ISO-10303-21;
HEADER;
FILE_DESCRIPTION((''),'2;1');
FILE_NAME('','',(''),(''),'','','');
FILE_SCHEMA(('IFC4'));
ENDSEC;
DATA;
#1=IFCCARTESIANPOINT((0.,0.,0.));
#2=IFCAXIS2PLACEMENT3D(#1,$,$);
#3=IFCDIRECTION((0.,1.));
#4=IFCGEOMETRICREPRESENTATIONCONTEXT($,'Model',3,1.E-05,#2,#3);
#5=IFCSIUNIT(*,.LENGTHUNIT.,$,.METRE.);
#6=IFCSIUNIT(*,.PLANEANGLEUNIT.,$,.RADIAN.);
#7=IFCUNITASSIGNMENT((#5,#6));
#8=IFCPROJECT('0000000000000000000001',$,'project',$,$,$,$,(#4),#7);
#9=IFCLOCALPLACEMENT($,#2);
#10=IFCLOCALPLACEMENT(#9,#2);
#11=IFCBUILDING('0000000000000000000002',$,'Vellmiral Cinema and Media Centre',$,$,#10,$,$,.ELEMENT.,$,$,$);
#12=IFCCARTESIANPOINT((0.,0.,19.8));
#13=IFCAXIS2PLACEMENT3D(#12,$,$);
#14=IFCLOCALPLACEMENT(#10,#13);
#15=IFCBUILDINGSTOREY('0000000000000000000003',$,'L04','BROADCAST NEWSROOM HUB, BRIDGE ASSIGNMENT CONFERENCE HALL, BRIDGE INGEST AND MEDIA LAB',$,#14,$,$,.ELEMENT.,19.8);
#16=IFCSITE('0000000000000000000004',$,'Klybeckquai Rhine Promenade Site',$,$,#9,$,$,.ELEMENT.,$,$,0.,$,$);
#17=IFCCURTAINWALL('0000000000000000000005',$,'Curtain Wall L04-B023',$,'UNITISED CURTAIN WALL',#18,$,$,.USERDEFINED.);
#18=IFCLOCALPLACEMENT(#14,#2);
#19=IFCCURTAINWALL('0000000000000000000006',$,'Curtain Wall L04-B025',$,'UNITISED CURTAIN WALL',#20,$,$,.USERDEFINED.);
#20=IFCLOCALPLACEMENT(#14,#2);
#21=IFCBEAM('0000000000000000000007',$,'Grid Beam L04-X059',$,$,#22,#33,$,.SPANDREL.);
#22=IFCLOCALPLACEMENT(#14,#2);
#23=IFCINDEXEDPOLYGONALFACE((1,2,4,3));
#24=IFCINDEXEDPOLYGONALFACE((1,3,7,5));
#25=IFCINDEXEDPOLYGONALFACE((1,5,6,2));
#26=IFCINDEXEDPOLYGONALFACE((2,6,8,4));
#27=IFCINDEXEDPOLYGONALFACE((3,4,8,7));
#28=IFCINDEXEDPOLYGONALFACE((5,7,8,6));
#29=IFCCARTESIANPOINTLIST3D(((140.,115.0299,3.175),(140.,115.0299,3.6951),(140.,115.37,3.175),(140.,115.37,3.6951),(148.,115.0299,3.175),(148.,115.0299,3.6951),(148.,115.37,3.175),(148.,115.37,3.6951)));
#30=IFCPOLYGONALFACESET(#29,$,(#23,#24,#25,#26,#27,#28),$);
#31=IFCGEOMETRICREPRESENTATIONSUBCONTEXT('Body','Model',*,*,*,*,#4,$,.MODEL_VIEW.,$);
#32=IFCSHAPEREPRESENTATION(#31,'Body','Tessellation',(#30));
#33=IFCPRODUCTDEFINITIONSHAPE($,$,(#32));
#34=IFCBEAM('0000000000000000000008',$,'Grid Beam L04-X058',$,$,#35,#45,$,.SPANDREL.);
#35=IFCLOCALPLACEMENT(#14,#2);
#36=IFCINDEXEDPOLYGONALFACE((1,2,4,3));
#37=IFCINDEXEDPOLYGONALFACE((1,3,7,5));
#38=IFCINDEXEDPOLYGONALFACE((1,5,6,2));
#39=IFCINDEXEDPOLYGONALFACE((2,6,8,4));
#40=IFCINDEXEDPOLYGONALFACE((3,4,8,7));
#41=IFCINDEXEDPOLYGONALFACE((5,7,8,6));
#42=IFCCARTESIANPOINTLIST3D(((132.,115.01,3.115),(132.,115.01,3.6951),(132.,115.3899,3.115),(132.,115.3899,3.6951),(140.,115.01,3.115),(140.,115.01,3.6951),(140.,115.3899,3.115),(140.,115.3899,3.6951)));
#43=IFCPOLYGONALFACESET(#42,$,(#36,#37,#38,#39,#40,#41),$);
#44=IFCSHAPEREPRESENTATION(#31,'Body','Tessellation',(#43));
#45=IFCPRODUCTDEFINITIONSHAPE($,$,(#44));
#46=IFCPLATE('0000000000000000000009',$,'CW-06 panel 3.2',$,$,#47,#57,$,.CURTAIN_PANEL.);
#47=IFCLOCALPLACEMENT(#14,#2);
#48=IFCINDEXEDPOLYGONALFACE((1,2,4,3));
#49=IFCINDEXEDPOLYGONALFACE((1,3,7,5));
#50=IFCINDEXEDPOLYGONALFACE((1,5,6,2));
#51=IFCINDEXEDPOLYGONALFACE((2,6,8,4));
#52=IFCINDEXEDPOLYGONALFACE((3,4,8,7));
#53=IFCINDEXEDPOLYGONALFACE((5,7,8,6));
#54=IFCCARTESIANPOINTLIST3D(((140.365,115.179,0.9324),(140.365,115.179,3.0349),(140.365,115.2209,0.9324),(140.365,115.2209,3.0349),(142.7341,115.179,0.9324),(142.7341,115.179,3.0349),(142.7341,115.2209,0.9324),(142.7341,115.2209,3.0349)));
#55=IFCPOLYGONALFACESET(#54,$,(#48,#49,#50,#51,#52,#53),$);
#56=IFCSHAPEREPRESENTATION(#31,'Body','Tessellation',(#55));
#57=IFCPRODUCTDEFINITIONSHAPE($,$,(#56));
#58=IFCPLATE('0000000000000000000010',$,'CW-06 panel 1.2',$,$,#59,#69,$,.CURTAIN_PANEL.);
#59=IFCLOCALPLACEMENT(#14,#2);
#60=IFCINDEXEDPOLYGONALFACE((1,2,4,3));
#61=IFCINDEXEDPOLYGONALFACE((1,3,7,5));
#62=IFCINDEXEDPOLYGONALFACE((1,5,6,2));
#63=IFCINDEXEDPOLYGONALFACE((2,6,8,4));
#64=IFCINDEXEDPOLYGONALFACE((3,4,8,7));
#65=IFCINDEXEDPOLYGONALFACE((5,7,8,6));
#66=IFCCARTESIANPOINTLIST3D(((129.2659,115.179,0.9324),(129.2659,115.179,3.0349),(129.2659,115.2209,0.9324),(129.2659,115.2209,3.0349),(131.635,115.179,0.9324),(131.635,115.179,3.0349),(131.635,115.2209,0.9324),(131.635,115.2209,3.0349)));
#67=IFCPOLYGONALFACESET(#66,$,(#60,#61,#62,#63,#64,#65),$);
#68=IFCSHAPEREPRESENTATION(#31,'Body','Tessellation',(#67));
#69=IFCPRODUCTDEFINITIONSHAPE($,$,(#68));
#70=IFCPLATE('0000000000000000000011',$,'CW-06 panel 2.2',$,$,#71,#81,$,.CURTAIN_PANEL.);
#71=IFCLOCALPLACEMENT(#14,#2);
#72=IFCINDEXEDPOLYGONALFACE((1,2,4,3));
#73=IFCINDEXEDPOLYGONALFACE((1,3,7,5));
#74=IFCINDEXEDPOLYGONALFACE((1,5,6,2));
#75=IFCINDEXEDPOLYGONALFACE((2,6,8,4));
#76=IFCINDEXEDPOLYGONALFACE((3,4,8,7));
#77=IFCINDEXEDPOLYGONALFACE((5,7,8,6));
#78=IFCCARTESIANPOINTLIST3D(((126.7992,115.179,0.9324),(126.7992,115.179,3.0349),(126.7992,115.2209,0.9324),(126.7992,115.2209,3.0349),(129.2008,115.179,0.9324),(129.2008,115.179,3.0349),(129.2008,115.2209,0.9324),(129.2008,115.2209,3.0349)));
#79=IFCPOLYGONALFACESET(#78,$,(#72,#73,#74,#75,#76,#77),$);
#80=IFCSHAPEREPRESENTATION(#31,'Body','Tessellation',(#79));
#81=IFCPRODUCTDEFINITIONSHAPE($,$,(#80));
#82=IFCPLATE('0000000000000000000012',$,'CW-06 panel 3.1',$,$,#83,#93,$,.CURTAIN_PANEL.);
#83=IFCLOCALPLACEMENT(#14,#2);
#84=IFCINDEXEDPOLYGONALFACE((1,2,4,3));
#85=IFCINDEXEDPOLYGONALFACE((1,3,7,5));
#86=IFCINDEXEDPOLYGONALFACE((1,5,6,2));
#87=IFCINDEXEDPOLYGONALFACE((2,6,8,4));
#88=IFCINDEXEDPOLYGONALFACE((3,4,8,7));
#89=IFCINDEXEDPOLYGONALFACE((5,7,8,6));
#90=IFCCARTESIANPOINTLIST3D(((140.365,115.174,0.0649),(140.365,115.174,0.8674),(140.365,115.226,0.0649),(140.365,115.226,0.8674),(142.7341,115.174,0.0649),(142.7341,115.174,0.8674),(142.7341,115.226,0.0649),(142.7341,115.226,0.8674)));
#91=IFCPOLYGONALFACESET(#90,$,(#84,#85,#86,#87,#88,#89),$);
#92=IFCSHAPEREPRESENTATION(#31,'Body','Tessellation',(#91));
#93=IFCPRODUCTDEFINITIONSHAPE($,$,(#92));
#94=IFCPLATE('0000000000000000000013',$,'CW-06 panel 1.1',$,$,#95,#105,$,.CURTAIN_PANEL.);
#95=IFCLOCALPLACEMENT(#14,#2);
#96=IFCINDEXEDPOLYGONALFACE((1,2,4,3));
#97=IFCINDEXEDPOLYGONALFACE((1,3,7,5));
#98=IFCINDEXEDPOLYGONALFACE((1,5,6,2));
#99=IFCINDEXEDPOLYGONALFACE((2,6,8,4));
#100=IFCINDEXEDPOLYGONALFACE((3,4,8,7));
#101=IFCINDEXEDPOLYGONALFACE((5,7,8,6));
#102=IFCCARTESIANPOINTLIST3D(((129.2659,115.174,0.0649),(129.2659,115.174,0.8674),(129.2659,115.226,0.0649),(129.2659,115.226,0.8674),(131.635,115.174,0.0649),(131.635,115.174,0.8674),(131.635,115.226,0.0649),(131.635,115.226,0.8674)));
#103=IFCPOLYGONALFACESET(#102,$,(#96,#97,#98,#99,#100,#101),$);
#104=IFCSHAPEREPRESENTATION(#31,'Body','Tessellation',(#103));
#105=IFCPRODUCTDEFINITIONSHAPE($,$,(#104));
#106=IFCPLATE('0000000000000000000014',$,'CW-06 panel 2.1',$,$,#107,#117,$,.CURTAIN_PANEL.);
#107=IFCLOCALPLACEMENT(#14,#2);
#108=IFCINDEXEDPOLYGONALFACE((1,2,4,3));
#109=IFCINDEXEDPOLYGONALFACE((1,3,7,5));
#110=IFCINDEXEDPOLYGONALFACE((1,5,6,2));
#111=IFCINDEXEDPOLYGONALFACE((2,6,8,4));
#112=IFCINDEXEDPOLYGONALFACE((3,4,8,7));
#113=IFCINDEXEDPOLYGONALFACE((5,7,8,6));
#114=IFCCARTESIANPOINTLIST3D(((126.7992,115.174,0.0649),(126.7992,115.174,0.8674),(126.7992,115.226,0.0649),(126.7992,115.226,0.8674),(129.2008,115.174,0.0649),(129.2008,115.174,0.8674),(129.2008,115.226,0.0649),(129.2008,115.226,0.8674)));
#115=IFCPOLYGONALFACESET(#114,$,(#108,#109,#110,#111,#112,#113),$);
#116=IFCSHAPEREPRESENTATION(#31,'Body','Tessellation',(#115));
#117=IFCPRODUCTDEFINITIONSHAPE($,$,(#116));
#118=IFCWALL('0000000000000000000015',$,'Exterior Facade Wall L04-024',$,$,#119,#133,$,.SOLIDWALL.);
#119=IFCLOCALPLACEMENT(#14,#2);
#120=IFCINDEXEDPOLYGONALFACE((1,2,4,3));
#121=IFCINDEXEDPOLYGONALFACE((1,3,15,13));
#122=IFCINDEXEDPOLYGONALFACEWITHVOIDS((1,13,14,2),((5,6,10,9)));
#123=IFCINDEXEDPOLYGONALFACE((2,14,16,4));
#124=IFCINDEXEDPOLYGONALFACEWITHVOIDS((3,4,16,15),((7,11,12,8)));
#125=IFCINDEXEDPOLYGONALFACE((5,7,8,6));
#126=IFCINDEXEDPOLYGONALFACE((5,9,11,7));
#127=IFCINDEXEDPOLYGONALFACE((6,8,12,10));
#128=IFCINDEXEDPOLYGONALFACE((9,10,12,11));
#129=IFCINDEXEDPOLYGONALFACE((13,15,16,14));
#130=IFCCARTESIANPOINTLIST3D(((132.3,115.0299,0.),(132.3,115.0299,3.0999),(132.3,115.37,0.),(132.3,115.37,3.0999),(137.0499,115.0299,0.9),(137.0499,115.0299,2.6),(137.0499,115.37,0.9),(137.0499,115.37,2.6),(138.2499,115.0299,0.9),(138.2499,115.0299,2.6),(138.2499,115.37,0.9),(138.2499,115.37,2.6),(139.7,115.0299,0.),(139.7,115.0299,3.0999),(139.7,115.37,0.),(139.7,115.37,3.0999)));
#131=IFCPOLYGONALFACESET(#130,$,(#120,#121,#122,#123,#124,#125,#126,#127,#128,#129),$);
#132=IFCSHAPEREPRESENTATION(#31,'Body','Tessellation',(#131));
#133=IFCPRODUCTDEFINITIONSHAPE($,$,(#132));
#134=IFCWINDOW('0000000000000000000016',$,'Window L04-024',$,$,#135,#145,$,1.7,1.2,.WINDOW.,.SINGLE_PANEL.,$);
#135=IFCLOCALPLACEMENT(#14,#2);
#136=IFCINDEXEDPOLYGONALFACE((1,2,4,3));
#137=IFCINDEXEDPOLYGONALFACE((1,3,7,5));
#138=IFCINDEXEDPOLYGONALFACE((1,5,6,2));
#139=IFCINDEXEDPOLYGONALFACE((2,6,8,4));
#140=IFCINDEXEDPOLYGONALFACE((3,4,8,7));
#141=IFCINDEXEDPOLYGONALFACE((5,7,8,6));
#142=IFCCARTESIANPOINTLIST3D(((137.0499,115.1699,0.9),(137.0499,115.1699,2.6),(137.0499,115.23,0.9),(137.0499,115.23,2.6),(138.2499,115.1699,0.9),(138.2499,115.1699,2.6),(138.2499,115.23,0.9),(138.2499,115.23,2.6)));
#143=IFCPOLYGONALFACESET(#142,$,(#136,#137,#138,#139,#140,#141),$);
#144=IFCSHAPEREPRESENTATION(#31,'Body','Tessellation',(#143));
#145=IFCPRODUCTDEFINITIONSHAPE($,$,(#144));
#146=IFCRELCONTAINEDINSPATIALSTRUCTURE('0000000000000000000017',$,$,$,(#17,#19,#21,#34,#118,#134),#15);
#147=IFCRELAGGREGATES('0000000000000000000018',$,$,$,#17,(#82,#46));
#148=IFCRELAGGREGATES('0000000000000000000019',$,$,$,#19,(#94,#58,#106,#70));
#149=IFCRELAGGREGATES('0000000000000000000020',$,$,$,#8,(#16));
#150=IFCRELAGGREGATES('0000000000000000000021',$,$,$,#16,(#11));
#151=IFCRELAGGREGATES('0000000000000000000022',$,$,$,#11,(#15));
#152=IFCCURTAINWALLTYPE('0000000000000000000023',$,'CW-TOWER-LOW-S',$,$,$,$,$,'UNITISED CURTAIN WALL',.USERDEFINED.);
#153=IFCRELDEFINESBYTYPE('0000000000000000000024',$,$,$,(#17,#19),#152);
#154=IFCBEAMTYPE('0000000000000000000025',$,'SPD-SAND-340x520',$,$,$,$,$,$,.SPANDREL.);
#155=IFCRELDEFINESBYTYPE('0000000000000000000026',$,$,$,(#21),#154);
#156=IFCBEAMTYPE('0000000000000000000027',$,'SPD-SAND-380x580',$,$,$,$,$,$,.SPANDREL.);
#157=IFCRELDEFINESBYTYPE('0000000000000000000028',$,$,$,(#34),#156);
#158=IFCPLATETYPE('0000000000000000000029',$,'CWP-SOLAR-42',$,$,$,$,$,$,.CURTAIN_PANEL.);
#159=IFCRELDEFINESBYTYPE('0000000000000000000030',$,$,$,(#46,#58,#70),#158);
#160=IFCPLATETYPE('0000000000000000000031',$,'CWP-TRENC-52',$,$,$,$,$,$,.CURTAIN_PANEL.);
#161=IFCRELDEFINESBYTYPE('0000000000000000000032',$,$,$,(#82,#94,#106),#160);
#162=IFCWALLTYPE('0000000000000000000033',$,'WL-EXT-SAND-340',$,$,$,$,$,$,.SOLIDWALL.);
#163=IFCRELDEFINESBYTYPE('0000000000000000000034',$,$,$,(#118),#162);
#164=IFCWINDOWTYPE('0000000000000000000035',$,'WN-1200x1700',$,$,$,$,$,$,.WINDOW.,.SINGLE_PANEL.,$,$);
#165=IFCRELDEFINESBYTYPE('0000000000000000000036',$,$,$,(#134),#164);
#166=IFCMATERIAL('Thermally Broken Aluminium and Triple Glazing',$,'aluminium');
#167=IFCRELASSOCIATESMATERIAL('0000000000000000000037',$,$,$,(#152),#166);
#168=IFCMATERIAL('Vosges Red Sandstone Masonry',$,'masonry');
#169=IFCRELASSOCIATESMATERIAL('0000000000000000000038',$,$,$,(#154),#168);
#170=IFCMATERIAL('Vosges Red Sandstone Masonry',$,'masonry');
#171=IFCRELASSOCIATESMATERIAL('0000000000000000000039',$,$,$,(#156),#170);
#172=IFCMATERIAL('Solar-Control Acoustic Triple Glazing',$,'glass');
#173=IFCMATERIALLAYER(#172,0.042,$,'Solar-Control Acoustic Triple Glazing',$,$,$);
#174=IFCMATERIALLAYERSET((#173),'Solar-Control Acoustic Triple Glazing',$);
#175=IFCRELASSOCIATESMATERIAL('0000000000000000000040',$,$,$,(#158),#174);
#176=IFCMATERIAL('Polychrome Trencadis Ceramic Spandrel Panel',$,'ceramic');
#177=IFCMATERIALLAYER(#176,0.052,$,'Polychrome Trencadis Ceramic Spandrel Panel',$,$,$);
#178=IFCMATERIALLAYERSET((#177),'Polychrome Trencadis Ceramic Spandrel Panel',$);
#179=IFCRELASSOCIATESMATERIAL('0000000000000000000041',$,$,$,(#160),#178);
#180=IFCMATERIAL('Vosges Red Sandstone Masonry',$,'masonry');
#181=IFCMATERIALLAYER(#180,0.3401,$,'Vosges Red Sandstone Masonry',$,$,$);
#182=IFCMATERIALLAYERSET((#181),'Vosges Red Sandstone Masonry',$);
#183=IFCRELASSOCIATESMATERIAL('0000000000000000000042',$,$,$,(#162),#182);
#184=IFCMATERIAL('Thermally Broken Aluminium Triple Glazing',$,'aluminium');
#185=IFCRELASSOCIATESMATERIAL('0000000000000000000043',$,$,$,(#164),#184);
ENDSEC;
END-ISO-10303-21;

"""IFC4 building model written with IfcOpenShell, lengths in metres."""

from ifc_helpers import new_model, si_unit, direction, frame, frame_2d, origin, origin_2d, place, context, subcontext, project, spatial, rectangle, extrude, material, layer, layer_set, material_profile, profile_set, type_object, element, fill, aggregate, save


model = new_model("IFC4")

# Units and contexts
model_context = context("Model", 3, precision=1e-05, world=origin(), true_north=direction((0.0, 1.0)))
body_context = subcontext(model_context, "Body", "Model", "MODEL_VIEW")
ifc_project = project(units=[si_unit("LENGTHUNIT", "METRE"), si_unit("PLANEANGLEUNIT", "RADIAN")], contexts=[model_context])

# Site, building, storey
site_placement = place(None, origin())
site = spatial("IfcSite", under=ifc_project, at=site_placement, Name="Klybeckquai Rhine Promenade Site", CompositionType="ELEMENT", RefElevation=0.0)
building_placement = place(site_placement, origin())
building = spatial("IfcBuilding", under=site, at=building_placement, Name="Vellmiral Cinema and Media Centre", CompositionType="ELEMENT")
storey_placement = place(building_placement, frame((0.0, 0.0, 19.8)))
storey = spatial("IfcBuildingStorey", under=building, at=storey_placement, Name="L04", Description="BROADCAST NEWSROOM HUB, BRIDGE ASSIGNMENT CONFERENCE HALL, BRIDGE INGEST AND MEDIA LAB", CompositionType="ELEMENT", Elevation=19.8)

# Curtain wall
ifc_material_1 = material(Name="Thermally Broken Aluminium and Triple Glazing", Category="aluminium")
curtain_wall_type = type_object("IfcCurtainWallType", Name="CW-TOWER-LOW-S", ElementType="UNITISED CURTAIN WALL", PredefinedType="USERDEFINED", material=ifc_material_1)
curtain_wall_1_placement = place(storey_placement, origin())
curtain_wall_1 = element("IfcCurtainWall", 1, at=curtain_wall_1_placement, inside=storey, type_object=curtain_wall_type, Name="Curtain Wall L04-B023", ObjectType="UNITISED CURTAIN WALL", PredefinedType="USERDEFINED")

# Curtain wall
curtain_wall_2_placement = place(storey_placement, origin())
curtain_wall_2 = element("IfcCurtainWall", 2, at=curtain_wall_2_placement, inside=storey, type_object=curtain_wall_type, Name="Curtain Wall L04-B025", ObjectType="UNITISED CURTAIN WALL", PredefinedType="USERDEFINED")

# Beams
ifc_material_2 = material(Name="Vosges Red Sandstone Masonry", Category="masonry")
ifc_material_profile_1 = material_profile(ifc_material_2, rectangle(XDim=0.3401, YDim=0.52, at=origin_2d()), Name="SAND 340x520")
ifc_profile_set_1 = profile_set([ifc_material_profile_1], Name="Vosges Red Sandstone Masonry")
beam_type_1 = type_object("IfcBeamType", Name="SPD-SAND-340x520", PredefinedType="SPANDREL", material=ifc_profile_set_1)
beam_1_placement = place(storey_placement, frame((140.0, 115.2, 3.4351), z_axis=(1.0, 0.0, 0.0), x_axis=(0.0, 1.0, 0.0)))
element("IfcBeam", 3, at=beam_1_placement, inside=storey, type_object=beam_type_1, Name="Grid Beam L04-X059", PredefinedType="SPANDREL", context=body_context, shape_type="SweptSolid", body=[
    extrude(rectangle(XDim=0.3401, YDim=0.52, at=origin_2d()), origin(), (0.0, 0.0, 1.0), 8.0),
])
ifc_material_3 = material(Name="Vosges Red Sandstone Masonry", Category="masonry")
ifc_material_profile_2 = material_profile(ifc_material_3, rectangle(XDim=0.3799, YDim=0.5801, at=origin_2d()), Name="SAND 380x580")
ifc_profile_set_2 = profile_set([ifc_material_profile_2], Name="Vosges Red Sandstone Masonry")
beam_type_2 = type_object("IfcBeamType", Name="SPD-SAND-380x580", PredefinedType="SPANDREL", material=ifc_profile_set_2)
beam_2_placement = place(storey_placement, frame((132.0, 115.2, 3.405), z_axis=(1.0, 0.0, 0.0), x_axis=(0.0, 1.0, 0.0)))
element("IfcBeam", 4, at=beam_2_placement, inside=storey, type_object=beam_type_2, Name="Grid Beam L04-X058", PredefinedType="SPANDREL", context=body_context, shape_type="SweptSolid", body=[
    extrude(rectangle(XDim=0.3799, YDim=0.5801, at=origin_2d()), origin(), (0.0, 0.0, 1.0), 8.0),
])

# Plates
ifc_material_4 = material(Name="Solar-Control Acoustic Triple Glazing", Category="glass")
ifc_layer_1 = layer(ifc_material_4, 0.042, Name="Solar-Control Acoustic Triple Glazing")
ifc_layer_set_1 = layer_set([ifc_layer_1], Name="Solar-Control Acoustic Triple Glazing")
plate_type_1 = type_object("IfcPlateType", Name="CWP-SOLAR-42", PredefinedType="CURTAIN_PANEL", material=ifc_layer_set_1)
plate_1_placement = place(storey_placement, frame((141.5496, 115.2, 0.9324), z_axis=(0.0, 0.0, 1.0), x_axis=(-1.0, 0.0, 0.0)))
plate_1 = element("IfcPlate", 5, at=plate_1_placement, type_object=plate_type_1, Name="CW-06 panel 3.2", PredefinedType="CURTAIN_PANEL", context=body_context, shape_type="SweptSolid", body=[
    extrude(rectangle(XDim=2.3691, YDim=0.042, at=origin_2d()), origin(), (0.0, 0.0, 1.0), 2.1025),
])
plate_2_placement = place(storey_placement, frame((130.4504, 115.2, 0.9324), z_axis=(0.0, 0.0, 1.0), x_axis=(-1.0, 0.0, 0.0)))
plate_2 = element("IfcPlate", 6, at=plate_2_placement, type_object=plate_type_1, Name="CW-06 panel 1.2", PredefinedType="CURTAIN_PANEL", context=body_context, shape_type="SweptSolid", body=[
    extrude(rectangle(XDim=2.3691, YDim=0.042, at=origin_2d()), origin(), (0.0, 0.0, 1.0), 2.1025),
])
plate_3_placement = place(storey_placement, frame((128.0, 115.2, 0.9324), z_axis=(0.0, 0.0, 1.0), x_axis=(-1.0, 0.0, 0.0)))
plate_3 = element("IfcPlate", 7, at=plate_3_placement, type_object=plate_type_1, Name="CW-06 panel 2.2", PredefinedType="CURTAIN_PANEL", context=body_context, shape_type="SweptSolid", body=[
    extrude(rectangle(XDim=2.4016, YDim=0.042, at=origin_2d()), origin(), (0.0, 0.0, 1.0), 2.1025),
])
ifc_material_5 = material(Name="Polychrome Trencadis Ceramic Spandrel Panel", Category="ceramic")
ifc_layer_2 = layer(ifc_material_5, 0.052, Name="Polychrome Trencadis Ceramic Spandrel Panel")
ifc_layer_set_2 = layer_set([ifc_layer_2], Name="Polychrome Trencadis Ceramic Spandrel Panel")
plate_type_2 = type_object("IfcPlateType", Name="CWP-TRENC-52", PredefinedType="CURTAIN_PANEL", material=ifc_layer_set_2)
plate_4_placement = place(storey_placement, frame((141.5496, 115.2, 0.0649), z_axis=(0.0, 0.0, 1.0), x_axis=(-1.0, 0.0, 0.0)))
plate_4 = element("IfcPlate", 8, at=plate_4_placement, type_object=plate_type_2, Name="CW-06 panel 3.1", PredefinedType="CURTAIN_PANEL", context=body_context, shape_type="SweptSolid", body=[
    extrude(rectangle(XDim=2.3691, YDim=0.052, at=origin_2d()), origin(), (0.0, 0.0, 1.0), 0.8025),
])
aggregate(curtain_wall_1, [plate_4, plate_1])
plate_5_placement = place(storey_placement, frame((130.4504, 115.2, 0.0649), z_axis=(0.0, 0.0, 1.0), x_axis=(-1.0, 0.0, 0.0)))
plate_5 = element("IfcPlate", 9, at=plate_5_placement, type_object=plate_type_2, Name="CW-06 panel 1.1", PredefinedType="CURTAIN_PANEL", context=body_context, shape_type="SweptSolid", body=[
    extrude(rectangle(XDim=2.3691, YDim=0.052, at=origin_2d()), origin(), (0.0, 0.0, 1.0), 0.8025),
])
plate_6_placement = place(storey_placement, frame((128.0, 115.2, 0.0649), z_axis=(0.0, 0.0, 1.0), x_axis=(-1.0, 0.0, 0.0)))
plate_6 = element("IfcPlate", 10, at=plate_6_placement, type_object=plate_type_2, Name="CW-06 panel 2.1", PredefinedType="CURTAIN_PANEL", context=body_context, shape_type="SweptSolid", body=[
    extrude(rectangle(XDim=2.4016, YDim=0.052, at=origin_2d()), origin(), (0.0, 0.0, 1.0), 0.8025),
])
aggregate(curtain_wall_2, [plate_5, plate_2, plate_6, plate_3])

# Wall, opening, window
ifc_material_6 = material(Name="Vosges Red Sandstone Masonry", Category="masonry")
ifc_layer_3 = layer(ifc_material_6, 0.3401, Name="Vosges Red Sandstone Masonry")
ifc_layer_set_3 = layer_set([ifc_layer_3], Name="Vosges Red Sandstone Masonry")
wall_type = type_object("IfcWallType", Name="WL-EXT-SAND-340", PredefinedType="SOLIDWALL", material=ifc_layer_set_3)
wall_placement = place(storey_placement, frame((139.7, 115.2, 0.0), z_axis=(0.0, 0.0, 1.0), x_axis=(-1.0, 0.0, 0.0)))
wall = element("IfcWall", 11, at=wall_placement, inside=storey, type_object=wall_type, Name="Exterior Facade Wall L04-024", PredefinedType="SOLIDWALL", context=body_context, shape_type="SweptSolid", body=[
    extrude(rectangle(XDim=7.3999, YDim=0.3401, at=frame_2d((3.7, 0.0))), origin(), (0.0, 0.0, 1.0), 3.0999),
])
opening_placement = place(wall_placement, frame((1.45, 0.0, 0.8999)))
opening = element("IfcOpeningElement", 12, at=opening_placement, cuts=wall, PredefinedType="OPENING", context=body_context, shape_type="SweptSolid", body=[
    extrude(rectangle(XDim=1.2, YDim=1.7, at=frame_2d((0.6001, 0.8501))), frame((0.0, 0.1821, 0.0), z_axis=(0.0, -1.0, 0.0), x_axis=(1.0, 0.0, 0.0)), (0.0, 0.0, 1.0), 0.364),
])
ifc_material_7 = material(Name="Thermally Broken Aluminium Triple Glazing", Category="aluminium")
window_type = type_object("IfcWindowType", Name="WN-1200x1700", PartitioningType="SINGLE_PANEL", PredefinedType="WINDOW", material=ifc_material_7)
window_placement = place(opening_placement, origin())
window = element("IfcWindow", 13, at=window_placement, inside=storey, type_object=window_type, Name="Window L04-024", OverallHeight=1.7, OverallWidth=1.2, PartitioningType="SINGLE_PANEL", PredefinedType="WINDOW", context=body_context, shape_type="SweptSolid", body=[
    extrude(rectangle(XDim=1.2, YDim=1.7, at=frame_2d((0.6001, 0.8501))), frame((0.0, 0.03, 0.0), z_axis=(0.0, -1.0, 0.0), x_axis=(1.0, 0.0, 0.0)), (0.0, 0.0, 1.0), 0.0601),
])
fill(opening, window)

save(model, "model.ifc")
